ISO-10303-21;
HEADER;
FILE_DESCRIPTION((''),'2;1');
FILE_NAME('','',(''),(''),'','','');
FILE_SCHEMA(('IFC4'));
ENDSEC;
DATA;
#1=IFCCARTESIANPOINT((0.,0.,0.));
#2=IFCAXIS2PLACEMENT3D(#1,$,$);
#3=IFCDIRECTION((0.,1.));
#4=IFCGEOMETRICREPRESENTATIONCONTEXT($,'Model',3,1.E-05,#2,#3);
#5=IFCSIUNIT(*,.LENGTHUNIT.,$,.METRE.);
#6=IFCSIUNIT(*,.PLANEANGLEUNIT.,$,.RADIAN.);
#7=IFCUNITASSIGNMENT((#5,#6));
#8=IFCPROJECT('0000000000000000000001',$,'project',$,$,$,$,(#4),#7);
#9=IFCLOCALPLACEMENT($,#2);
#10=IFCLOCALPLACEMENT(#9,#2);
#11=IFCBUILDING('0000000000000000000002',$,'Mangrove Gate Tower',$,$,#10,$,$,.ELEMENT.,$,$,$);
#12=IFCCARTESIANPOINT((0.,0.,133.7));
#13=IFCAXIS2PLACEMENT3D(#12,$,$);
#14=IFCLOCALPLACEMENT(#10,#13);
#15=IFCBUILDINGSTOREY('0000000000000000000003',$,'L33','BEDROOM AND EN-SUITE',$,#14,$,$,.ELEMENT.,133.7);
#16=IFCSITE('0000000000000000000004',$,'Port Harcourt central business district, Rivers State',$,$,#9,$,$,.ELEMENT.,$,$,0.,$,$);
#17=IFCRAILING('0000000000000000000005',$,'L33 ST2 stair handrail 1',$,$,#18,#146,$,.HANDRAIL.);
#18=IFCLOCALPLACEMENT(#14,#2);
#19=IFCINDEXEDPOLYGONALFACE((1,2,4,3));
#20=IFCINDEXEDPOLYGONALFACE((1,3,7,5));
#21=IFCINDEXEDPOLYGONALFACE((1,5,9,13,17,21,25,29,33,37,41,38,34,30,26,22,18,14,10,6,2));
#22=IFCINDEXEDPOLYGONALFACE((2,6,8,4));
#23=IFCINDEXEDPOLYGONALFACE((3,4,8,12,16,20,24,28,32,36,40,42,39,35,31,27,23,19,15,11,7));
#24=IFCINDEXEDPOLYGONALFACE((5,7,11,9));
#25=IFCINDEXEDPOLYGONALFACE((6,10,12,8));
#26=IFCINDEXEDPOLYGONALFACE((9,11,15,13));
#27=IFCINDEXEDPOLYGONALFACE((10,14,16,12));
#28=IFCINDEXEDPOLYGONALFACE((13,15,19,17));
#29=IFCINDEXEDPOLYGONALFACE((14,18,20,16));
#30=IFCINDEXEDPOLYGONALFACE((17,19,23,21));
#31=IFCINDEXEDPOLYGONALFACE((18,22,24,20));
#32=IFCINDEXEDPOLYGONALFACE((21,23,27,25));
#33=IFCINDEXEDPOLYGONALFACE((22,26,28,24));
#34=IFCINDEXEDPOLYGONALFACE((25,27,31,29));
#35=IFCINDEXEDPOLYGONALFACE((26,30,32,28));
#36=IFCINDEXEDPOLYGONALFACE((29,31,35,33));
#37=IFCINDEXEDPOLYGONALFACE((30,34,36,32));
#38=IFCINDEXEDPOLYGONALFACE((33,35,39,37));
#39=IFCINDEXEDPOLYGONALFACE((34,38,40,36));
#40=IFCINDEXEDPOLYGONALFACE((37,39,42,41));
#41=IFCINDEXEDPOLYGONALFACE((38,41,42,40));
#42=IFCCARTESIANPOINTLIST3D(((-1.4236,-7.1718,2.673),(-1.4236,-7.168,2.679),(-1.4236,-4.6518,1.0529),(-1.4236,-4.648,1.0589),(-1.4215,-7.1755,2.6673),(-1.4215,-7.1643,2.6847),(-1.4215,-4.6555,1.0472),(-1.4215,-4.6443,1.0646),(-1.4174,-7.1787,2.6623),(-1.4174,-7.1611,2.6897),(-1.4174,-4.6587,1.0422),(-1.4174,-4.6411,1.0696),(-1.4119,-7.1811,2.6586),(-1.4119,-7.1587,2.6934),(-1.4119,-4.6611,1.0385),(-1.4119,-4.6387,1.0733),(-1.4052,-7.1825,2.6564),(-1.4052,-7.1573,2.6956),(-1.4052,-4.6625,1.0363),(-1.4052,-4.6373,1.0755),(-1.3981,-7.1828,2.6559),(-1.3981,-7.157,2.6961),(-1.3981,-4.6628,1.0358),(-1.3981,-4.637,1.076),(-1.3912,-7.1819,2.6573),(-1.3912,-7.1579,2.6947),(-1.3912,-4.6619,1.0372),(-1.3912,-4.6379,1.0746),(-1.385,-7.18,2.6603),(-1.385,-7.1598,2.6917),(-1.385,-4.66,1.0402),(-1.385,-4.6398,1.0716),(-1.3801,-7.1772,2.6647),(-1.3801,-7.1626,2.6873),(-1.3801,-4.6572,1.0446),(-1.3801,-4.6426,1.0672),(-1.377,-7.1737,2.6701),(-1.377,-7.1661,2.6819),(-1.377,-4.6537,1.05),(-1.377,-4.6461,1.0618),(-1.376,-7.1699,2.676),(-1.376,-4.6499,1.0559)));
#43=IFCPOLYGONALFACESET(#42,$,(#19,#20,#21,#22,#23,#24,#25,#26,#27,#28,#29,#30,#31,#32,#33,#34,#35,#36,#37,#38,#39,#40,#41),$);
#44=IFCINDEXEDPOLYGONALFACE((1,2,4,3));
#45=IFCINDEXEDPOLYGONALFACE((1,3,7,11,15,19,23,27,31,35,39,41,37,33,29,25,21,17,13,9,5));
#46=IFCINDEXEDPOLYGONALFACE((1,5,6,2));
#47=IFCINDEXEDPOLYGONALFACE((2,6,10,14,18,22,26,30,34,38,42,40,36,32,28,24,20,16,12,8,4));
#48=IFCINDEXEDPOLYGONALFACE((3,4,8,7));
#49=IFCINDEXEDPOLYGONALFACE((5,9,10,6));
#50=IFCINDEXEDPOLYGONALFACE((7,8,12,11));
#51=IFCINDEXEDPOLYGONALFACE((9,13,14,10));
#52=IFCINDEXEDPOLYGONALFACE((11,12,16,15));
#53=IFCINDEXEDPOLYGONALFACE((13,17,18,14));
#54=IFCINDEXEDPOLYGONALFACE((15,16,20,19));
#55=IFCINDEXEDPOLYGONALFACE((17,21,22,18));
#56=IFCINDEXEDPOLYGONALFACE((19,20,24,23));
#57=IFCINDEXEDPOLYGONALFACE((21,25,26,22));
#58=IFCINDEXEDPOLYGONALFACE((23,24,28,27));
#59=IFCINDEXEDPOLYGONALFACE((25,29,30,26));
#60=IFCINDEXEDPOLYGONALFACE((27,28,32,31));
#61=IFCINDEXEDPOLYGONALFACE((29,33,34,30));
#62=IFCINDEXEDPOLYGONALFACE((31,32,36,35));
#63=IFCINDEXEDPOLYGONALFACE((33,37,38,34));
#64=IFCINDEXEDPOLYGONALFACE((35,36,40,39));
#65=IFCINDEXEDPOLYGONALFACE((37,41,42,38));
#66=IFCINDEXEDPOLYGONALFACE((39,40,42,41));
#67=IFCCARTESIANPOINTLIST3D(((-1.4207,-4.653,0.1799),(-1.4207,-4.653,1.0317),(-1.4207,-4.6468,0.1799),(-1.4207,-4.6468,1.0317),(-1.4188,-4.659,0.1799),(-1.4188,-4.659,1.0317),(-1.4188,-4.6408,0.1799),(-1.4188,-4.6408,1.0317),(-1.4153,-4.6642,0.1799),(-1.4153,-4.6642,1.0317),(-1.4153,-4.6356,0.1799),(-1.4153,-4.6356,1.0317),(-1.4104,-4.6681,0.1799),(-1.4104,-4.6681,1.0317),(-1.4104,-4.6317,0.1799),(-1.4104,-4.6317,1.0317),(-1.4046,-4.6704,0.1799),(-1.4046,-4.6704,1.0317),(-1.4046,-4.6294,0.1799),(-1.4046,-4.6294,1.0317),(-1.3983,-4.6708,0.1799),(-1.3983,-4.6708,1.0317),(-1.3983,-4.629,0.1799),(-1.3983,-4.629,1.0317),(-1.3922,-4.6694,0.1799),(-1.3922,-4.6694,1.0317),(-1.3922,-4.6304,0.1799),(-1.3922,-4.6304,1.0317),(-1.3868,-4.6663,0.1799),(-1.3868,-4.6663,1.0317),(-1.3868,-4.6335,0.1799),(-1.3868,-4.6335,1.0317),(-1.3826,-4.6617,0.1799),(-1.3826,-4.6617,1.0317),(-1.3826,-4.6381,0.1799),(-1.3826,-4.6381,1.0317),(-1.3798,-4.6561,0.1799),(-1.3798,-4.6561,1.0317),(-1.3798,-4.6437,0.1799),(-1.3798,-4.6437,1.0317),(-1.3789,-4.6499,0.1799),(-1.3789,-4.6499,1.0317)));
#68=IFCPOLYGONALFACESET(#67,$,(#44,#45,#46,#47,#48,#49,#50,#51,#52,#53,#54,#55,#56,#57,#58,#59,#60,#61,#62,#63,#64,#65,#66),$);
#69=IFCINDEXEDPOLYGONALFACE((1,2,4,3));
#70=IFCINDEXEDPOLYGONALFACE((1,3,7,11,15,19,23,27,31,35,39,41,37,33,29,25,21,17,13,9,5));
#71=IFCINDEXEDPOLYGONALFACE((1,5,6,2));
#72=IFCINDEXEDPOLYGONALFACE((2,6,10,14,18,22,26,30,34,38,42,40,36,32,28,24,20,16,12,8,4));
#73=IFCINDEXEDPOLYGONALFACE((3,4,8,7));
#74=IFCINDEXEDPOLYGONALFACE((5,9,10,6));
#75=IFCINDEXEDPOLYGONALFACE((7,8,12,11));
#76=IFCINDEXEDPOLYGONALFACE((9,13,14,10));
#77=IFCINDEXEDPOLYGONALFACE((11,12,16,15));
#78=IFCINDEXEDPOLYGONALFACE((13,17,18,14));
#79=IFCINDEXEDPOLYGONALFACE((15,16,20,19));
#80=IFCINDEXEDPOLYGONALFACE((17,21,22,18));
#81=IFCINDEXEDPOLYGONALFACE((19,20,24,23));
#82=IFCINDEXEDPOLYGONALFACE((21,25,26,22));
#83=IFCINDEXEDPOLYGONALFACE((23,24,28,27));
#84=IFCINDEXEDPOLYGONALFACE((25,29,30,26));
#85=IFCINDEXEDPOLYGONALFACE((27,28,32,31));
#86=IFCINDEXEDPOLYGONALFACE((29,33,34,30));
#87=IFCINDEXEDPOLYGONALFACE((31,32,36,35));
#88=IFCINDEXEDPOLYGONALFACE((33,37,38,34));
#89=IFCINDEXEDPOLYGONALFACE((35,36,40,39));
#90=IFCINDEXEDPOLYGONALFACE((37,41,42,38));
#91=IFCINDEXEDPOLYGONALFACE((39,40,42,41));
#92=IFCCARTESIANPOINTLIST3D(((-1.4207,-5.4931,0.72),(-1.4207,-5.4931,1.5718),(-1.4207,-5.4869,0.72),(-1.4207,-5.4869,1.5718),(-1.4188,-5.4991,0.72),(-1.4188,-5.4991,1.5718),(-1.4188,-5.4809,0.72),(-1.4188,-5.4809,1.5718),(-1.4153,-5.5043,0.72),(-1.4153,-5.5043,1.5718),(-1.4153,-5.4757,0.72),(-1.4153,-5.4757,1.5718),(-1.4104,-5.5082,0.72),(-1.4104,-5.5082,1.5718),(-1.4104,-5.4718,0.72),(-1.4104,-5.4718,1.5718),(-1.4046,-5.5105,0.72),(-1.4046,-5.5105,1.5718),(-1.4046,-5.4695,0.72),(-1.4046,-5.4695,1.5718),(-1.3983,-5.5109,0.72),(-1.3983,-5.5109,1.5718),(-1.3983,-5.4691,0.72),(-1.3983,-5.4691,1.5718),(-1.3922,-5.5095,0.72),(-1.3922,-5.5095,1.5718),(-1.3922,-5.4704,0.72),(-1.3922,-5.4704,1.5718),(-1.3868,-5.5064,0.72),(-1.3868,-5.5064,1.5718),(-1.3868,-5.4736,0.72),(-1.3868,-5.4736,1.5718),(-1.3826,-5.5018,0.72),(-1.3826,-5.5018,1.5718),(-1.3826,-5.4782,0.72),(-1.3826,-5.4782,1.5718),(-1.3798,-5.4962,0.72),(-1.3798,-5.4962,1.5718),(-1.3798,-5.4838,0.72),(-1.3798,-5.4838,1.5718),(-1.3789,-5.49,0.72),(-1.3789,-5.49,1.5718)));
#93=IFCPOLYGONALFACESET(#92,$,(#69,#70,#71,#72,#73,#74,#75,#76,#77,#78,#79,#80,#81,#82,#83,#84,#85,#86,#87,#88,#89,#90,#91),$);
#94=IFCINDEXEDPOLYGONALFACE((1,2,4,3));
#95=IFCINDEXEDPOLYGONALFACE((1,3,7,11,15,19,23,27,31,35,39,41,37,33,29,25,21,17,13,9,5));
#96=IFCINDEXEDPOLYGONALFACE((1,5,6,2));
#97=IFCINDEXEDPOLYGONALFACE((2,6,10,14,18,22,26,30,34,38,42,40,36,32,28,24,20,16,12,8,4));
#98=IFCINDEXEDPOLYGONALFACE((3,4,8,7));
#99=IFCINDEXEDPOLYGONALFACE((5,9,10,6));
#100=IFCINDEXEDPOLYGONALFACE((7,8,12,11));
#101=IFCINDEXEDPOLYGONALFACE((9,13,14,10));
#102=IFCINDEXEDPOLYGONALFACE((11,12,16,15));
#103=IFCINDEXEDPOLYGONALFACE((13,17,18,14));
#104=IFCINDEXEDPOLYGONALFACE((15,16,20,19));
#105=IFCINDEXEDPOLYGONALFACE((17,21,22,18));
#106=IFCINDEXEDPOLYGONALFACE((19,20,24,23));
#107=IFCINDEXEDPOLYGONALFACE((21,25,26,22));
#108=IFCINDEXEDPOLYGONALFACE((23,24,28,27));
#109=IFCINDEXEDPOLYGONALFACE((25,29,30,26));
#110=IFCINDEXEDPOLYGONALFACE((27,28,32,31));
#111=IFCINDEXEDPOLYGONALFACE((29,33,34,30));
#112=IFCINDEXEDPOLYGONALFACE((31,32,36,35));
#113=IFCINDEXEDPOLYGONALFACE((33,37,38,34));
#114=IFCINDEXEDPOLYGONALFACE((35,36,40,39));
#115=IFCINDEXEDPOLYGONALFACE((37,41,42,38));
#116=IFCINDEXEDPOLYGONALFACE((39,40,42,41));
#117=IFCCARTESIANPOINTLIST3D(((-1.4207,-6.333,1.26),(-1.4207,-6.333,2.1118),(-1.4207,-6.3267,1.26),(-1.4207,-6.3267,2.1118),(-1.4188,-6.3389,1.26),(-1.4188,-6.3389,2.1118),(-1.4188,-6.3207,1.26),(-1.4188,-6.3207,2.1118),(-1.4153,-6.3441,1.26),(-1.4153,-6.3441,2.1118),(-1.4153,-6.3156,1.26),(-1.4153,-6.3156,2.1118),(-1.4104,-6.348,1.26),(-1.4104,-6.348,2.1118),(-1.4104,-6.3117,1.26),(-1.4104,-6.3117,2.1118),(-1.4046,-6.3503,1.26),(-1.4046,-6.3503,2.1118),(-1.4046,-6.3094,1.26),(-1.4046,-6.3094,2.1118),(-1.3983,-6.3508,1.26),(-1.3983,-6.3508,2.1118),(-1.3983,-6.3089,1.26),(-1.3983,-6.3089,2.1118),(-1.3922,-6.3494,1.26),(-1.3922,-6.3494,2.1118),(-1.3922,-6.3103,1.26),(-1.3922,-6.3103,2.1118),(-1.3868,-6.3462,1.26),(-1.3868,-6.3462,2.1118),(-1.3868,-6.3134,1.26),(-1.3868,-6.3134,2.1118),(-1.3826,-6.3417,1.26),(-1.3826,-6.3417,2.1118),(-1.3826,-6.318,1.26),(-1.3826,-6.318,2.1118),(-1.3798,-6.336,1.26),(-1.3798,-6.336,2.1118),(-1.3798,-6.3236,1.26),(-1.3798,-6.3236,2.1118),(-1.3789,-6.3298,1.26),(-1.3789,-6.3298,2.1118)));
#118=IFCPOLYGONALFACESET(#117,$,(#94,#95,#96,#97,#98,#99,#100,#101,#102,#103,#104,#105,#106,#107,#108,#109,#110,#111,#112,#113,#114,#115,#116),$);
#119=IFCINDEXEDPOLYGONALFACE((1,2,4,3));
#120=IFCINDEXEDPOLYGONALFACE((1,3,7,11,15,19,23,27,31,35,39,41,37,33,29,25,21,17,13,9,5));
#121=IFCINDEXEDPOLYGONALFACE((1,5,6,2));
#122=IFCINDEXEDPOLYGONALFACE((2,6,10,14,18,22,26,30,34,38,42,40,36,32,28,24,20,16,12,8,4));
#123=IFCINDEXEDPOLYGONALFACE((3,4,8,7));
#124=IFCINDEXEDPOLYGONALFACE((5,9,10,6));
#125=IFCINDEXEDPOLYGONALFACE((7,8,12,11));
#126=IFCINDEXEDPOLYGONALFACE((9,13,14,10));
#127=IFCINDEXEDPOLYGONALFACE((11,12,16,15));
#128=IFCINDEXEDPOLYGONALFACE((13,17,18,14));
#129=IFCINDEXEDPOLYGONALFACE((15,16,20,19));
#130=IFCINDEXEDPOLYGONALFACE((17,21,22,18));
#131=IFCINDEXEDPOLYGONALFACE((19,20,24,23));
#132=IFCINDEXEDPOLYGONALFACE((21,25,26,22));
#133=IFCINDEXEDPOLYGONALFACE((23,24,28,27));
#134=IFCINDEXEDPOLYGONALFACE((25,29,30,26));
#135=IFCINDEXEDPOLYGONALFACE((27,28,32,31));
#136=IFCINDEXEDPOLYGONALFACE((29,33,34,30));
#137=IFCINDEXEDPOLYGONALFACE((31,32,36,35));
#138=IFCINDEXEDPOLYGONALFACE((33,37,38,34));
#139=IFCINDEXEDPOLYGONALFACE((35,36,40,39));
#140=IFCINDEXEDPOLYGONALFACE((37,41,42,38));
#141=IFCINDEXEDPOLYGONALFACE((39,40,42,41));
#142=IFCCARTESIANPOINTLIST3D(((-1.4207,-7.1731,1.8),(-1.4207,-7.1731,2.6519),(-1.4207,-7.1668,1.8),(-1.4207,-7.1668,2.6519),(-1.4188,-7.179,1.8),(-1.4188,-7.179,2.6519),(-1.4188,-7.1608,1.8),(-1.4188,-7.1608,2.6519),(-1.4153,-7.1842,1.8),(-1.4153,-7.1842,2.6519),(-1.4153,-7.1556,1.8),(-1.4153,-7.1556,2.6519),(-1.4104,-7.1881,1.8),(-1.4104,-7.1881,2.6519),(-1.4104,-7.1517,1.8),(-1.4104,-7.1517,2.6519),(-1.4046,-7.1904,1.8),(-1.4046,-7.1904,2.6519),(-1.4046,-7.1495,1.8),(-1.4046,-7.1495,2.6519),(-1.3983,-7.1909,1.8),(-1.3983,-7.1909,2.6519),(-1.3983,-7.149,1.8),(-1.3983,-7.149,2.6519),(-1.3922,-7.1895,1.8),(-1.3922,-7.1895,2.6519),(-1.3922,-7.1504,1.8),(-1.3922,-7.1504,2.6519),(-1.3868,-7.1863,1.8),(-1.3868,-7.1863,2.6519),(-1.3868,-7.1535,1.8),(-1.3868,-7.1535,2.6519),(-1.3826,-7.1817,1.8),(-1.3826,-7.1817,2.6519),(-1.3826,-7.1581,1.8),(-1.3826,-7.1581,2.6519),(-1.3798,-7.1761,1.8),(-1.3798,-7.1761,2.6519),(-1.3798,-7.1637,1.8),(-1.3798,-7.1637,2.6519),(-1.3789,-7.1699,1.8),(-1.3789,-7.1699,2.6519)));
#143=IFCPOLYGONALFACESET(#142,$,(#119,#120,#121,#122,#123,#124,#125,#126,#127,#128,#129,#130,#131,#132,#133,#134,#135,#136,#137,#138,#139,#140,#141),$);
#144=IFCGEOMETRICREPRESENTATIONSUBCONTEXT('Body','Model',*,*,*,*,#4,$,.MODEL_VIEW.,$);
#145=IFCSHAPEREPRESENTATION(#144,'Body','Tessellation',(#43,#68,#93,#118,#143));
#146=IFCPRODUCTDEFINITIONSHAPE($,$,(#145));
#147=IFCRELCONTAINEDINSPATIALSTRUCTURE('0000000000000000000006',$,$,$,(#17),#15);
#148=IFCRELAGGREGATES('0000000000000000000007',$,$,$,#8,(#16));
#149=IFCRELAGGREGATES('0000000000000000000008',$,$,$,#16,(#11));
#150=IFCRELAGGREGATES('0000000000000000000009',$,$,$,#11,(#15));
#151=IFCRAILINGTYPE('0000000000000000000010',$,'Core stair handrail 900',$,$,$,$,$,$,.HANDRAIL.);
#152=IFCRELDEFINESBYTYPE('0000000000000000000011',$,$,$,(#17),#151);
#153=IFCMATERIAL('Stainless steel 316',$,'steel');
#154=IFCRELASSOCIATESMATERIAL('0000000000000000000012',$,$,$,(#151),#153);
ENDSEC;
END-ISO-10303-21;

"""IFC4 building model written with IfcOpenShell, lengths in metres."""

from ifc_helpers import new_model, si_unit, direction, frame, origin, origin_2d, place, context, subcontext, project, spatial, circle, extrude, material, type_object, element, save


model = new_model("IFC4")

# Units and contexts
model_context = context("Model", 3, precision=1e-05, world=origin(), true_north=direction((0.0, 1.0)))
body_context = subcontext(model_context, "Body", "Model", "MODEL_VIEW")
ifc_project = project(units=[si_unit("LENGTHUNIT", "METRE"), si_unit("PLANEANGLEUNIT", "RADIAN")], contexts=[model_context])

# Site, building, storey
site_placement = place(None, origin())
site = spatial("IfcSite", under=ifc_project, at=site_placement, Name="Port Harcourt central business district, Rivers State", CompositionType="ELEMENT", RefElevation=0.0)
building_placement = place(site_placement, origin())
building = spatial("IfcBuilding", under=site, at=building_placement, Name="Mangrove Gate Tower", CompositionType="ELEMENT")
storey_placement = place(building_placement, frame((0.0, 0.0, 133.7)))
storey = spatial("IfcBuildingStorey", under=building, at=storey_placement, Name="L33", Description="BEDROOM AND EN-SUITE", CompositionType="ELEMENT", Elevation=133.7)

# Railing
ifc_material_1 = material(Name="Stainless steel 316", Category="steel")
railing_type_1 = type_object("IfcRailingType", Name="Core stair handrail 900", PredefinedType="HANDRAIL", material=ifc_material_1)
railing_1_placement = place(storey_placement, frame((-1.3999, -4.6499, 0.1799)))
element("IfcRailing", 1, at=railing_1_placement, inside=storey, type_object=railing_type_1, Name="L33 ST2 stair handrail 1", PredefinedType="HANDRAIL", context=body_context, shape_type="SweptSolid", body=[
    extrude(circle(Radius=0.0239, at=origin_2d()), frame((0.0, 0.0, 0.876), z_axis=(0.0, -0.841163, 0.540782), x_axis=(1.0, 0.0, 0.0)), (0.0, 0.0, 1.0), 2.9958),
    extrude(circle(Radius=0.021, at=origin_2d()), origin(), (0.0, 0.0, 1.0), 0.8518),
    extrude(circle(Radius=0.021, at=origin_2d()), frame((0.0, -0.8401, 0.54)), (0.0, 0.0, 1.0), 0.8518),
    extrude(circle(Radius=0.021, at=origin_2d()), frame((0.0, -1.6799, 1.0801)), (0.0, 0.0, 1.0), 0.8518),
    extrude(circle(Radius=0.021, at=origin_2d()), frame((0.0, -2.52, 1.6201)), (0.0, 0.0, 1.0), 0.8518),
])

save(model, "model.ifc")
